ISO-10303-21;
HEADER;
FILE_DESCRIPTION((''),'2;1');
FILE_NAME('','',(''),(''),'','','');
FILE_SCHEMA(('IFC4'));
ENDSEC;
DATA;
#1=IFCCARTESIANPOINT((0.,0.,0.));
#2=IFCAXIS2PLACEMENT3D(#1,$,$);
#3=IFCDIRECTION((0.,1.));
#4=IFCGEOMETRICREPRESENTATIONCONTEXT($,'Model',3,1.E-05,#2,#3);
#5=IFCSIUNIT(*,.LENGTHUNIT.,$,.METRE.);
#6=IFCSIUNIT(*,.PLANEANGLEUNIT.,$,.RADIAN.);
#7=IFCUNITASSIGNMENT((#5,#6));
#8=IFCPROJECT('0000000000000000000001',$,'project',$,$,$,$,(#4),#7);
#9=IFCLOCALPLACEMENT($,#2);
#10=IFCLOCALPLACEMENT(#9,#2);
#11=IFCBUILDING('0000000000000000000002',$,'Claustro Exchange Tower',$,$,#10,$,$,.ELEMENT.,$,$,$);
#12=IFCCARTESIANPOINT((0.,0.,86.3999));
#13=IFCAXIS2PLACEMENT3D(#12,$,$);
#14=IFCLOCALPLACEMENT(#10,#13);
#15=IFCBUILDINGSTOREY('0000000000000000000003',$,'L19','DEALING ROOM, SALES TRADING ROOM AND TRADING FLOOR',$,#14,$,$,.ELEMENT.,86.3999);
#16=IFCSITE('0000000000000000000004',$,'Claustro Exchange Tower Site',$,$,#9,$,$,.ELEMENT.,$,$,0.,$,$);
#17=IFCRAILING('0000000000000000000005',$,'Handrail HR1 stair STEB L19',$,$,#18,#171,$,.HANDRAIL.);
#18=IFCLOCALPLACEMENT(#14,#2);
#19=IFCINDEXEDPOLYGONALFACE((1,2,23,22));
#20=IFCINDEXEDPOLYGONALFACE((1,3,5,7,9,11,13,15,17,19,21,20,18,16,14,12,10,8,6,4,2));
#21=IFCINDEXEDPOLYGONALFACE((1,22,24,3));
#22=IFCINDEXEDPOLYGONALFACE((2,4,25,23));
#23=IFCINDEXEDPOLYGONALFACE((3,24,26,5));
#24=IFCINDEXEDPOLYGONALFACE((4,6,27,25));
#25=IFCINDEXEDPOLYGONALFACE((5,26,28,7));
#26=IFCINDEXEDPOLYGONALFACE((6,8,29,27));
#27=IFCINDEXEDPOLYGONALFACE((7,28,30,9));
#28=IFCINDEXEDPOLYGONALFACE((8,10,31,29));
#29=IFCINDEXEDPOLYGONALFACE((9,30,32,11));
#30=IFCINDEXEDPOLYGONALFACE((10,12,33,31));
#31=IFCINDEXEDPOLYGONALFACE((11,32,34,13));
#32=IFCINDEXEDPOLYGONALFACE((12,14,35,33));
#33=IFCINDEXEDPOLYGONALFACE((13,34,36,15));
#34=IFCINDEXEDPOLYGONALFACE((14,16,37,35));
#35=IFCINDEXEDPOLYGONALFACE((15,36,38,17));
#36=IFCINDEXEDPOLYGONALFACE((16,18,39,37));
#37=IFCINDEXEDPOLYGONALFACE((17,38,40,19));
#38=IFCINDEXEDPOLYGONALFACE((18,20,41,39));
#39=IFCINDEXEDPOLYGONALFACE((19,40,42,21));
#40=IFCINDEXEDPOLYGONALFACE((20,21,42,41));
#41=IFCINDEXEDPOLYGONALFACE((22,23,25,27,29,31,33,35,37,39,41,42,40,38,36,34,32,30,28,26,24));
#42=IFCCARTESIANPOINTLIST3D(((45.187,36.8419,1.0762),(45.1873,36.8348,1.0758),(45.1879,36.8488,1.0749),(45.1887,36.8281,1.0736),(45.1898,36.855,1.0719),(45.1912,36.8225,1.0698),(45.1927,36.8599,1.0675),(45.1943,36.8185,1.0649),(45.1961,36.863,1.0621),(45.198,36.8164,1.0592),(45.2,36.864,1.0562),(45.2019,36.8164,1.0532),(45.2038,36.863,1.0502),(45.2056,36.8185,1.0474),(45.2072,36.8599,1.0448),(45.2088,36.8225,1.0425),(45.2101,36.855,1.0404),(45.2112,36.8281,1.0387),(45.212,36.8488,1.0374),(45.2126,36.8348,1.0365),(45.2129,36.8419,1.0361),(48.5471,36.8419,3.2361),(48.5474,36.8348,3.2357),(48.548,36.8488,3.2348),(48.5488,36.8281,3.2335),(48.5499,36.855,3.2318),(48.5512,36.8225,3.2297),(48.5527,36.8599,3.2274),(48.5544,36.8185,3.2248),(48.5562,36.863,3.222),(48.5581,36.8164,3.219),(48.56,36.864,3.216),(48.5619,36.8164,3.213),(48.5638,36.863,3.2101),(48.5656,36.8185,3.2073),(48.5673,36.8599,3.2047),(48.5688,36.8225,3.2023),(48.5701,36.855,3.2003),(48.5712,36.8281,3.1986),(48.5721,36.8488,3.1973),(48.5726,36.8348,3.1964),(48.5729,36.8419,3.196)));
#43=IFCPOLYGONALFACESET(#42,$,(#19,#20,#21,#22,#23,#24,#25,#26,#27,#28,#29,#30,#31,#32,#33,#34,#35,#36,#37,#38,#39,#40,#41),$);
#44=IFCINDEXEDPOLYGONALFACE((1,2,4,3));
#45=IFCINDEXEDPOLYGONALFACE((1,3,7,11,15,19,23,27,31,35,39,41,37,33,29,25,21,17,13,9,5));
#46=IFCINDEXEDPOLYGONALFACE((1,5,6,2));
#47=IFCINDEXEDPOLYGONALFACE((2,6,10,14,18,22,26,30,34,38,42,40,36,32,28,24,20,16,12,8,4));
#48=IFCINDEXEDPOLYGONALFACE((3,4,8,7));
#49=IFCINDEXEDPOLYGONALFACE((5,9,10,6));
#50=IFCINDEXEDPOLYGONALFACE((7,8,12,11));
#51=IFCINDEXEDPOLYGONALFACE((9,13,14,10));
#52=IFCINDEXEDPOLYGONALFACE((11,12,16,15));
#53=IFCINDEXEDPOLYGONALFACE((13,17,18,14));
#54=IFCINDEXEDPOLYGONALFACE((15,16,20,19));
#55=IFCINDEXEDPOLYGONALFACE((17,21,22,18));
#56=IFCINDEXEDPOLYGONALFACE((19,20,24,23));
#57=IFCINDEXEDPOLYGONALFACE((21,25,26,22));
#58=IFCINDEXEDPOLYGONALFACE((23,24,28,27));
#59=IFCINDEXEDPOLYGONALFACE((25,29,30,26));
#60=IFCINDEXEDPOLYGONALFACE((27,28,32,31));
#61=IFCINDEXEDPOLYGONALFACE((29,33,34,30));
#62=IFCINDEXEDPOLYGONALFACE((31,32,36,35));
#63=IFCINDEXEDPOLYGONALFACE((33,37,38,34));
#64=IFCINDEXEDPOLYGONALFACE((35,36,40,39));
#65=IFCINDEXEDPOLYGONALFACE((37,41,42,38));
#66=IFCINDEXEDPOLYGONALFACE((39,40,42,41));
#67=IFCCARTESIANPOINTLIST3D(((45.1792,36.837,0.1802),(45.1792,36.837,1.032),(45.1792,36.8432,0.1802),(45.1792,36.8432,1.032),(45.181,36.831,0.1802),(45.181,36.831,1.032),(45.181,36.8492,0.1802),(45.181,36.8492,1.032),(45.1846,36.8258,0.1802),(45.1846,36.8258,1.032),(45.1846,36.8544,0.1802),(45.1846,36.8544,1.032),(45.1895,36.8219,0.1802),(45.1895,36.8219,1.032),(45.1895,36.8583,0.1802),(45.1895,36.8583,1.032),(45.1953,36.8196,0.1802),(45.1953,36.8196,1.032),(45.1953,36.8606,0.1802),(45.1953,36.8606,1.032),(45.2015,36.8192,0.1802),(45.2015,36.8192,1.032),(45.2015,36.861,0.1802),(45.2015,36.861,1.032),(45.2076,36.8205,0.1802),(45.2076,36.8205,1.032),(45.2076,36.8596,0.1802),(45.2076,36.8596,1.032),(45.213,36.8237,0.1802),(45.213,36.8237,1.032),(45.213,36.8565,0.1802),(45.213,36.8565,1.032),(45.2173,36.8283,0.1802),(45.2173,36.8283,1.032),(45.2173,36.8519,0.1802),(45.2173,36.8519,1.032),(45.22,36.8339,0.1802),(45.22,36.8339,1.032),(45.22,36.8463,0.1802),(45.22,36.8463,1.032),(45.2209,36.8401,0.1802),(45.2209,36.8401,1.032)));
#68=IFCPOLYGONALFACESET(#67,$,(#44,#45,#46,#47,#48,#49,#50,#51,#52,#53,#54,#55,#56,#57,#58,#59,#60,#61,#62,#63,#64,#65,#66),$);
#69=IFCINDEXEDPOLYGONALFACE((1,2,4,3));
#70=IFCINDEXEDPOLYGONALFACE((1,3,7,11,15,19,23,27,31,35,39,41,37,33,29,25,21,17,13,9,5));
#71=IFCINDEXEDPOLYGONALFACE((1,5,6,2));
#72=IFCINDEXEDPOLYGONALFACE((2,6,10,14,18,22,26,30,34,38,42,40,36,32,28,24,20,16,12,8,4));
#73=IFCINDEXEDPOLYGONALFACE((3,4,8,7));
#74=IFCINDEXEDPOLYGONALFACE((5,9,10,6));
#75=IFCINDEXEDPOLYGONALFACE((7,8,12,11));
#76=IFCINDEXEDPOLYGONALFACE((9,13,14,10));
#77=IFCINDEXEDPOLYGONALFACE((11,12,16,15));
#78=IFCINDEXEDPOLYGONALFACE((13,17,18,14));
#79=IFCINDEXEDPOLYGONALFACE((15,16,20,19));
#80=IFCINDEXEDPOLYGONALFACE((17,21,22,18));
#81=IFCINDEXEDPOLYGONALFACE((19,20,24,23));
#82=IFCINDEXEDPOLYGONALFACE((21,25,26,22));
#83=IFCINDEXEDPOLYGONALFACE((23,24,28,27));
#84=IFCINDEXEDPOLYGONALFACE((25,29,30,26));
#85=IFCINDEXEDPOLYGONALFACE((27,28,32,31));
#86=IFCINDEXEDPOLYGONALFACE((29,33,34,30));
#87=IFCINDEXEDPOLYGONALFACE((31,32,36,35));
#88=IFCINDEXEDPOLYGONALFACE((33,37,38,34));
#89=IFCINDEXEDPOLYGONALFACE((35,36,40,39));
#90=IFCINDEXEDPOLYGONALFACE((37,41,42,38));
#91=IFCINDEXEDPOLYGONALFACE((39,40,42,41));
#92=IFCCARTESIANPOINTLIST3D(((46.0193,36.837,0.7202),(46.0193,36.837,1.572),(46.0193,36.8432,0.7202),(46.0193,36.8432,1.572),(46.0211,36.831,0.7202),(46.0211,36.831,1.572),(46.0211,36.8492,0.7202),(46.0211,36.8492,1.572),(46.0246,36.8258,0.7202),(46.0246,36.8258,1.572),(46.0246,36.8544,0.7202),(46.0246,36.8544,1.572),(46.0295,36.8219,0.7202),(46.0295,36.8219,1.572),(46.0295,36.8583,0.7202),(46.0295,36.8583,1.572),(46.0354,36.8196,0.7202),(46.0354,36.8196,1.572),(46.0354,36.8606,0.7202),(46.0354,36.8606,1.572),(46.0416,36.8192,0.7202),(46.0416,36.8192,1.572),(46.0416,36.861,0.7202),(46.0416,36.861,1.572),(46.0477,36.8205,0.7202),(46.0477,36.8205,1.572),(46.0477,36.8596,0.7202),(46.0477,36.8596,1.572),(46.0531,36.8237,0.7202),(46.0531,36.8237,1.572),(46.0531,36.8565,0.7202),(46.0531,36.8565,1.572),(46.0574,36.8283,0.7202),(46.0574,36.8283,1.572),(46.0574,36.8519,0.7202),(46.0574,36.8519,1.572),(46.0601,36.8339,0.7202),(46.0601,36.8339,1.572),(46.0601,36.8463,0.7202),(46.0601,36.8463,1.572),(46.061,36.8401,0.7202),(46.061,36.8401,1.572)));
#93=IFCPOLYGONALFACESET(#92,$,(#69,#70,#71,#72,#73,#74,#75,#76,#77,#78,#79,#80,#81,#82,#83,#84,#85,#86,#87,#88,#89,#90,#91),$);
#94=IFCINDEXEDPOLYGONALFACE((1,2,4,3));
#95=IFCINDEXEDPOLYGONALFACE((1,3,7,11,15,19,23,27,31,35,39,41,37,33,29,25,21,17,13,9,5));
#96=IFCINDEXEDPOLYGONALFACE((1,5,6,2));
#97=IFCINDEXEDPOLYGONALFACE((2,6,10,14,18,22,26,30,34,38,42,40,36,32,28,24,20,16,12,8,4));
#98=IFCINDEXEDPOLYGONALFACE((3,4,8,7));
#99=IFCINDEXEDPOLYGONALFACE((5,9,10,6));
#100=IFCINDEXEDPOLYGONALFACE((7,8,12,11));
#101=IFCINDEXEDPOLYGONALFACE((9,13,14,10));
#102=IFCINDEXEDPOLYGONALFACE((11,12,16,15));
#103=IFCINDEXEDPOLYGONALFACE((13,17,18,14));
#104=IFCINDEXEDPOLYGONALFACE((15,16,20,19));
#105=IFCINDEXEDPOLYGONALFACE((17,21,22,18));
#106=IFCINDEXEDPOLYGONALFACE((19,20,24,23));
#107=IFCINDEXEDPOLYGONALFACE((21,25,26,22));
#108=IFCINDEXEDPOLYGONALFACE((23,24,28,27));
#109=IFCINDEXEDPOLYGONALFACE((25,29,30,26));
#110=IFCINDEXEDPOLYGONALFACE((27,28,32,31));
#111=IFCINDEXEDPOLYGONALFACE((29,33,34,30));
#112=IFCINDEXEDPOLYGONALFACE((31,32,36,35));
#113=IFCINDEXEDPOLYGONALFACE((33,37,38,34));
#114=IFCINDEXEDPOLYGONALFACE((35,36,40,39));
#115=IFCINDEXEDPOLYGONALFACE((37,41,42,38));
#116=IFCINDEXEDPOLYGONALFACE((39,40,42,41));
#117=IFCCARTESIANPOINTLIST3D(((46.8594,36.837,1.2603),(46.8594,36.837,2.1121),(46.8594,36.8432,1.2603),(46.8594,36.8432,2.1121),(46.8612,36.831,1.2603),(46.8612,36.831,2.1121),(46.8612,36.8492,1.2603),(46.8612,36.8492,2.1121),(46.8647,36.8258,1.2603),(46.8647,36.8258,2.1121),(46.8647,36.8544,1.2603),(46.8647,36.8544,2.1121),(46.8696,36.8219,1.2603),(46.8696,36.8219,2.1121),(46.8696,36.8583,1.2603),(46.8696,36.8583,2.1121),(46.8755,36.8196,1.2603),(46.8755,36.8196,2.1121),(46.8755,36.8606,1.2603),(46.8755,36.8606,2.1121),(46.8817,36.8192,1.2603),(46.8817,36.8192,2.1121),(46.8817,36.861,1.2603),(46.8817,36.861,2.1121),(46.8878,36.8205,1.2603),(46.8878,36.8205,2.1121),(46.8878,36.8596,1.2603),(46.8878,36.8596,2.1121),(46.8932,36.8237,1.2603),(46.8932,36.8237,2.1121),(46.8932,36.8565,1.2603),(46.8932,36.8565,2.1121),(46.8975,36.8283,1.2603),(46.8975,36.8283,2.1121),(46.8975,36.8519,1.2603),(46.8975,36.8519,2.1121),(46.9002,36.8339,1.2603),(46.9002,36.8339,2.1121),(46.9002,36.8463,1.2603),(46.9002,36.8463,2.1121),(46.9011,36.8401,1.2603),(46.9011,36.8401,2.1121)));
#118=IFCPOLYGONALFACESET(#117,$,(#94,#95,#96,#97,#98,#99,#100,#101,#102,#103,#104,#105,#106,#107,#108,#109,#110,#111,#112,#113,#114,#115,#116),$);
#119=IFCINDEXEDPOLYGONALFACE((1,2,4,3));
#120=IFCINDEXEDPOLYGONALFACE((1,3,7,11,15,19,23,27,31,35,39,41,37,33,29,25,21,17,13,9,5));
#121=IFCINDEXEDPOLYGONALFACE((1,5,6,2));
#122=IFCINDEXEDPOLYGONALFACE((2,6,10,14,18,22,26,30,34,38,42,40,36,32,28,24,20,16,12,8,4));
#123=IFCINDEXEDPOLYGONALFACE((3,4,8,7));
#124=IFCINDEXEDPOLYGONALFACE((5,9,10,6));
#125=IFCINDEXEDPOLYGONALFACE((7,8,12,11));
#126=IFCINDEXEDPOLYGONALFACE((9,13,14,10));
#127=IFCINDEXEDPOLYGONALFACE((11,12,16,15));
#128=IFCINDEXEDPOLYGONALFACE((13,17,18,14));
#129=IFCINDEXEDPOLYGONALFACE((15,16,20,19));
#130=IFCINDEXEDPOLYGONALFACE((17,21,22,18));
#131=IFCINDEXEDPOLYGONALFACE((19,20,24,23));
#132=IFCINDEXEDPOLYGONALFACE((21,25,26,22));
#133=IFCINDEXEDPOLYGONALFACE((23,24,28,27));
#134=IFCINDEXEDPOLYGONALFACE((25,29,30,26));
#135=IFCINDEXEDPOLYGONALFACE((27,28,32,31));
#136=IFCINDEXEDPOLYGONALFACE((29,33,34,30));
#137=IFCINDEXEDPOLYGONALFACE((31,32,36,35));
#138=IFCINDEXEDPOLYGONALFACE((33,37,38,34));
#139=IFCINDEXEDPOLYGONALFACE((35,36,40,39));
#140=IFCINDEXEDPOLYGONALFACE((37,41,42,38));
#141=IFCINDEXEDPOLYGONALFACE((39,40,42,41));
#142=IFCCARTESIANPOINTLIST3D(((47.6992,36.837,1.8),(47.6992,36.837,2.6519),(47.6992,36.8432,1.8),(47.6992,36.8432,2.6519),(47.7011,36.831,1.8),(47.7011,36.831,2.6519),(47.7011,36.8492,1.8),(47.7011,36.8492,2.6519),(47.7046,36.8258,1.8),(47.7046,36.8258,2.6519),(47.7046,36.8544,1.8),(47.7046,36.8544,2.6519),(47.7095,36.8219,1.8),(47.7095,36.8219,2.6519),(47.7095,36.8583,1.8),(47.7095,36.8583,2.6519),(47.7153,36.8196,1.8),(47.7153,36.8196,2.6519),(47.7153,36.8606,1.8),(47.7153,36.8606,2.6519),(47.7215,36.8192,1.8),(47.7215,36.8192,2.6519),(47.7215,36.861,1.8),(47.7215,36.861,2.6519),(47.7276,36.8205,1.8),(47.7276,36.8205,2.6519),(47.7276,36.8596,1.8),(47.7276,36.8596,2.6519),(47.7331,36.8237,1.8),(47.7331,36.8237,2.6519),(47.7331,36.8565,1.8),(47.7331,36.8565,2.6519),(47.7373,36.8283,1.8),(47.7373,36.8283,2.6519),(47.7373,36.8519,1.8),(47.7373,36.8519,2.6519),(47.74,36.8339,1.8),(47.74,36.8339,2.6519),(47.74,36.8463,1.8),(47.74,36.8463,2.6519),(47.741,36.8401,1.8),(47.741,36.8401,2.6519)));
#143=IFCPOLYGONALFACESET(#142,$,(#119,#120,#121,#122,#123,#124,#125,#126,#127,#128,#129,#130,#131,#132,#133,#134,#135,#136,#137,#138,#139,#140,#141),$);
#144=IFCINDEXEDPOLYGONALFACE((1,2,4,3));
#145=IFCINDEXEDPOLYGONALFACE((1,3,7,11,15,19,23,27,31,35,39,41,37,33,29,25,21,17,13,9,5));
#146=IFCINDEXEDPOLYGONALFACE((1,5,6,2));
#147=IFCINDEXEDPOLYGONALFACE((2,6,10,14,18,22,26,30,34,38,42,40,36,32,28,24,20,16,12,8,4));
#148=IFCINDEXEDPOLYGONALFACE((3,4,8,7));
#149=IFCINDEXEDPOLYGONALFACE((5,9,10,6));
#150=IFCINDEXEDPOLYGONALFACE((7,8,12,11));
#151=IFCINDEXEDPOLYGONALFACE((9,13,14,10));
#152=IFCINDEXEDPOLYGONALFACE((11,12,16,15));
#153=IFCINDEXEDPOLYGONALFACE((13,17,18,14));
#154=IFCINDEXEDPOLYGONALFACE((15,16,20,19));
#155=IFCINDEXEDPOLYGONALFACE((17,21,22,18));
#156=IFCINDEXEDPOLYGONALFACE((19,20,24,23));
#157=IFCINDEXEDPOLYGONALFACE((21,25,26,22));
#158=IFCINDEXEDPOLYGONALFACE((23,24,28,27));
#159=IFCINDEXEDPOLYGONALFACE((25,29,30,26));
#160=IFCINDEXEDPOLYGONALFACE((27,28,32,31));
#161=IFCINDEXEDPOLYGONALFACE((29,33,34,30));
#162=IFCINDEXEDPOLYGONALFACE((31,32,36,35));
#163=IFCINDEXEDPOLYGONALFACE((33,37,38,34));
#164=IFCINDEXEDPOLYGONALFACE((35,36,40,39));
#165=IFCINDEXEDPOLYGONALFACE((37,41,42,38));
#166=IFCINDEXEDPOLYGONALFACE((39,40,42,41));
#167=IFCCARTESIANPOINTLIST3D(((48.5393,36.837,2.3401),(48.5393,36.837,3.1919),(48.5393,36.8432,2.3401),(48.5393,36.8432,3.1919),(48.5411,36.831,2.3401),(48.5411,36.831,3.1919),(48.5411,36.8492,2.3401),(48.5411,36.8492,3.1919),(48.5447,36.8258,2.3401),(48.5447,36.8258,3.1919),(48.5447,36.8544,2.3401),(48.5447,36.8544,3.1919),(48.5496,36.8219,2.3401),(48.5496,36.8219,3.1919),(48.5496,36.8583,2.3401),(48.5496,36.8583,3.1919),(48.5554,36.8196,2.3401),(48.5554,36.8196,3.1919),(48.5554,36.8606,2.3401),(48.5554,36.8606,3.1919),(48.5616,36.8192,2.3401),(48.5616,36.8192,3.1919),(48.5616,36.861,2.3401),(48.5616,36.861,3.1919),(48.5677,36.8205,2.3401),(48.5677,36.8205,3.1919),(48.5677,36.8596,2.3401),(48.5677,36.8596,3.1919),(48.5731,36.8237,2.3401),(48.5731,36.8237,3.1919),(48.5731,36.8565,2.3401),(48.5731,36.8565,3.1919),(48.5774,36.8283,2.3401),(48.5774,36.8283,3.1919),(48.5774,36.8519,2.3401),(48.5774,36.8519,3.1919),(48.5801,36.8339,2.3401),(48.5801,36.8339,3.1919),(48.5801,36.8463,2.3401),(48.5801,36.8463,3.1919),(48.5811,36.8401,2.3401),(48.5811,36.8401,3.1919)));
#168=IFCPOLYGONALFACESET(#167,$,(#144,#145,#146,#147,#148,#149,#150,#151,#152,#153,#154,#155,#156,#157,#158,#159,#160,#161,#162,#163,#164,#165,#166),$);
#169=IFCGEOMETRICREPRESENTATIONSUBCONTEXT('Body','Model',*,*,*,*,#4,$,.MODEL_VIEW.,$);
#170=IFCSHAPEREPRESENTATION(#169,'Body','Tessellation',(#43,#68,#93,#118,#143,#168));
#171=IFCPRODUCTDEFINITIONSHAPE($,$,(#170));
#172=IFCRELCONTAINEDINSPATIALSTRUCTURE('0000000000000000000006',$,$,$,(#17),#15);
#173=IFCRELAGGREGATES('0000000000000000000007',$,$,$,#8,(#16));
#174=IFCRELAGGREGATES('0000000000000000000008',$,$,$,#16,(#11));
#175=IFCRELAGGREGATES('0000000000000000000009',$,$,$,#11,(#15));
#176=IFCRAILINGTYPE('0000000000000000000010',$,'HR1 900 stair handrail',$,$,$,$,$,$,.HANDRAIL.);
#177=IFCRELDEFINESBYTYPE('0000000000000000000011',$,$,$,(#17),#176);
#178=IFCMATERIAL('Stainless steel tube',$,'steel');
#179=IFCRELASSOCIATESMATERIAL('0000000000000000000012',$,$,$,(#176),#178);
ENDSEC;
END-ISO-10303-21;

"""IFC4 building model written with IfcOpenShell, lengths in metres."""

from ifc_helpers import new_model, si_unit, direction, frame, origin, origin_2d, place, context, subcontext, project, spatial, circle, extrude, material, type_object, element, save


model = new_model("IFC4")

# Units and contexts
model_context = context("Model", 3, precision=1e-05, world=origin(), true_north=direction((0.0, 1.0)))
body_context = subcontext(model_context, "Body", "Model", "MODEL_VIEW")
ifc_project = project(units=[si_unit("LENGTHUNIT", "METRE"), si_unit("PLANEANGLEUNIT", "RADIAN")], contexts=[model_context])

# Site, building, storey
site_placement = place(None, origin())
site = spatial("IfcSite", under=ifc_project, at=site_placement, Name="Claustro Exchange Tower Site", CompositionType="ELEMENT", RefElevation=0.0)
building_placement = place(site_placement, origin())
building = spatial("IfcBuilding", under=site, at=building_placement, Name="Claustro Exchange Tower", CompositionType="ELEMENT")
storey_placement = place(building_placement, frame((0.0, 0.0, 86.3999)))
storey = spatial("IfcBuildingStorey", under=building, at=storey_placement, Name="L19", Description="DEALING ROOM, SALES TRADING ROOM AND TRADING FLOOR", CompositionType="ELEMENT", Elevation=86.3999)

# Railing
ifc_material_1 = material(Name="Stainless steel tube", Category="steel")
railing_type_1 = type_object("IfcRailingType", Name="HR1 900 stair handrail", PredefinedType="HANDRAIL", material=ifc_material_1)
railing_1_placement = place(storey_placement, frame((45.2, 36.8401, 0.1802)))
element("IfcRailing", 1, at=railing_1_placement, inside=storey, type_object=railing_type_1, Name="Handrail HR1 stair STEB L19", PredefinedType="HANDRAIL", context=body_context, shape_type="SweptSolid", body=[
    extrude(circle(Radius=0.0239, at=origin_2d()), frame((0.0, 0.0, 0.876), z_axis=(0.841196, 0.0, 0.54073), x_axis=(0.0, 1.0, 0.0)), (0.0, 0.0, 1.0), 3.9944),
    extrude(circle(Radius=0.021, at=origin_2d()), origin(), (0.0, 0.0, 1.0), 0.8518),
    extrude(circle(Radius=0.021, at=origin_2d()), frame((0.8401, 0.0, 0.54)), (0.0, 0.0, 1.0), 0.8518),
    extrude(circle(Radius=0.021, at=origin_2d()), frame((1.6802, 0.0, 1.0801)), (0.0, 0.0, 1.0), 0.8518),
    extrude(circle(Radius=0.021, at=origin_2d()), frame((2.52, 0.0, 1.6199)), (0.0, 0.0, 1.0), 0.8518),
    extrude(circle(Radius=0.021, at=origin_2d()), frame((3.3601, 0.0, 2.1599)), (0.0, 0.0, 1.0), 0.8518),
])

save(model, "model.ifc")
